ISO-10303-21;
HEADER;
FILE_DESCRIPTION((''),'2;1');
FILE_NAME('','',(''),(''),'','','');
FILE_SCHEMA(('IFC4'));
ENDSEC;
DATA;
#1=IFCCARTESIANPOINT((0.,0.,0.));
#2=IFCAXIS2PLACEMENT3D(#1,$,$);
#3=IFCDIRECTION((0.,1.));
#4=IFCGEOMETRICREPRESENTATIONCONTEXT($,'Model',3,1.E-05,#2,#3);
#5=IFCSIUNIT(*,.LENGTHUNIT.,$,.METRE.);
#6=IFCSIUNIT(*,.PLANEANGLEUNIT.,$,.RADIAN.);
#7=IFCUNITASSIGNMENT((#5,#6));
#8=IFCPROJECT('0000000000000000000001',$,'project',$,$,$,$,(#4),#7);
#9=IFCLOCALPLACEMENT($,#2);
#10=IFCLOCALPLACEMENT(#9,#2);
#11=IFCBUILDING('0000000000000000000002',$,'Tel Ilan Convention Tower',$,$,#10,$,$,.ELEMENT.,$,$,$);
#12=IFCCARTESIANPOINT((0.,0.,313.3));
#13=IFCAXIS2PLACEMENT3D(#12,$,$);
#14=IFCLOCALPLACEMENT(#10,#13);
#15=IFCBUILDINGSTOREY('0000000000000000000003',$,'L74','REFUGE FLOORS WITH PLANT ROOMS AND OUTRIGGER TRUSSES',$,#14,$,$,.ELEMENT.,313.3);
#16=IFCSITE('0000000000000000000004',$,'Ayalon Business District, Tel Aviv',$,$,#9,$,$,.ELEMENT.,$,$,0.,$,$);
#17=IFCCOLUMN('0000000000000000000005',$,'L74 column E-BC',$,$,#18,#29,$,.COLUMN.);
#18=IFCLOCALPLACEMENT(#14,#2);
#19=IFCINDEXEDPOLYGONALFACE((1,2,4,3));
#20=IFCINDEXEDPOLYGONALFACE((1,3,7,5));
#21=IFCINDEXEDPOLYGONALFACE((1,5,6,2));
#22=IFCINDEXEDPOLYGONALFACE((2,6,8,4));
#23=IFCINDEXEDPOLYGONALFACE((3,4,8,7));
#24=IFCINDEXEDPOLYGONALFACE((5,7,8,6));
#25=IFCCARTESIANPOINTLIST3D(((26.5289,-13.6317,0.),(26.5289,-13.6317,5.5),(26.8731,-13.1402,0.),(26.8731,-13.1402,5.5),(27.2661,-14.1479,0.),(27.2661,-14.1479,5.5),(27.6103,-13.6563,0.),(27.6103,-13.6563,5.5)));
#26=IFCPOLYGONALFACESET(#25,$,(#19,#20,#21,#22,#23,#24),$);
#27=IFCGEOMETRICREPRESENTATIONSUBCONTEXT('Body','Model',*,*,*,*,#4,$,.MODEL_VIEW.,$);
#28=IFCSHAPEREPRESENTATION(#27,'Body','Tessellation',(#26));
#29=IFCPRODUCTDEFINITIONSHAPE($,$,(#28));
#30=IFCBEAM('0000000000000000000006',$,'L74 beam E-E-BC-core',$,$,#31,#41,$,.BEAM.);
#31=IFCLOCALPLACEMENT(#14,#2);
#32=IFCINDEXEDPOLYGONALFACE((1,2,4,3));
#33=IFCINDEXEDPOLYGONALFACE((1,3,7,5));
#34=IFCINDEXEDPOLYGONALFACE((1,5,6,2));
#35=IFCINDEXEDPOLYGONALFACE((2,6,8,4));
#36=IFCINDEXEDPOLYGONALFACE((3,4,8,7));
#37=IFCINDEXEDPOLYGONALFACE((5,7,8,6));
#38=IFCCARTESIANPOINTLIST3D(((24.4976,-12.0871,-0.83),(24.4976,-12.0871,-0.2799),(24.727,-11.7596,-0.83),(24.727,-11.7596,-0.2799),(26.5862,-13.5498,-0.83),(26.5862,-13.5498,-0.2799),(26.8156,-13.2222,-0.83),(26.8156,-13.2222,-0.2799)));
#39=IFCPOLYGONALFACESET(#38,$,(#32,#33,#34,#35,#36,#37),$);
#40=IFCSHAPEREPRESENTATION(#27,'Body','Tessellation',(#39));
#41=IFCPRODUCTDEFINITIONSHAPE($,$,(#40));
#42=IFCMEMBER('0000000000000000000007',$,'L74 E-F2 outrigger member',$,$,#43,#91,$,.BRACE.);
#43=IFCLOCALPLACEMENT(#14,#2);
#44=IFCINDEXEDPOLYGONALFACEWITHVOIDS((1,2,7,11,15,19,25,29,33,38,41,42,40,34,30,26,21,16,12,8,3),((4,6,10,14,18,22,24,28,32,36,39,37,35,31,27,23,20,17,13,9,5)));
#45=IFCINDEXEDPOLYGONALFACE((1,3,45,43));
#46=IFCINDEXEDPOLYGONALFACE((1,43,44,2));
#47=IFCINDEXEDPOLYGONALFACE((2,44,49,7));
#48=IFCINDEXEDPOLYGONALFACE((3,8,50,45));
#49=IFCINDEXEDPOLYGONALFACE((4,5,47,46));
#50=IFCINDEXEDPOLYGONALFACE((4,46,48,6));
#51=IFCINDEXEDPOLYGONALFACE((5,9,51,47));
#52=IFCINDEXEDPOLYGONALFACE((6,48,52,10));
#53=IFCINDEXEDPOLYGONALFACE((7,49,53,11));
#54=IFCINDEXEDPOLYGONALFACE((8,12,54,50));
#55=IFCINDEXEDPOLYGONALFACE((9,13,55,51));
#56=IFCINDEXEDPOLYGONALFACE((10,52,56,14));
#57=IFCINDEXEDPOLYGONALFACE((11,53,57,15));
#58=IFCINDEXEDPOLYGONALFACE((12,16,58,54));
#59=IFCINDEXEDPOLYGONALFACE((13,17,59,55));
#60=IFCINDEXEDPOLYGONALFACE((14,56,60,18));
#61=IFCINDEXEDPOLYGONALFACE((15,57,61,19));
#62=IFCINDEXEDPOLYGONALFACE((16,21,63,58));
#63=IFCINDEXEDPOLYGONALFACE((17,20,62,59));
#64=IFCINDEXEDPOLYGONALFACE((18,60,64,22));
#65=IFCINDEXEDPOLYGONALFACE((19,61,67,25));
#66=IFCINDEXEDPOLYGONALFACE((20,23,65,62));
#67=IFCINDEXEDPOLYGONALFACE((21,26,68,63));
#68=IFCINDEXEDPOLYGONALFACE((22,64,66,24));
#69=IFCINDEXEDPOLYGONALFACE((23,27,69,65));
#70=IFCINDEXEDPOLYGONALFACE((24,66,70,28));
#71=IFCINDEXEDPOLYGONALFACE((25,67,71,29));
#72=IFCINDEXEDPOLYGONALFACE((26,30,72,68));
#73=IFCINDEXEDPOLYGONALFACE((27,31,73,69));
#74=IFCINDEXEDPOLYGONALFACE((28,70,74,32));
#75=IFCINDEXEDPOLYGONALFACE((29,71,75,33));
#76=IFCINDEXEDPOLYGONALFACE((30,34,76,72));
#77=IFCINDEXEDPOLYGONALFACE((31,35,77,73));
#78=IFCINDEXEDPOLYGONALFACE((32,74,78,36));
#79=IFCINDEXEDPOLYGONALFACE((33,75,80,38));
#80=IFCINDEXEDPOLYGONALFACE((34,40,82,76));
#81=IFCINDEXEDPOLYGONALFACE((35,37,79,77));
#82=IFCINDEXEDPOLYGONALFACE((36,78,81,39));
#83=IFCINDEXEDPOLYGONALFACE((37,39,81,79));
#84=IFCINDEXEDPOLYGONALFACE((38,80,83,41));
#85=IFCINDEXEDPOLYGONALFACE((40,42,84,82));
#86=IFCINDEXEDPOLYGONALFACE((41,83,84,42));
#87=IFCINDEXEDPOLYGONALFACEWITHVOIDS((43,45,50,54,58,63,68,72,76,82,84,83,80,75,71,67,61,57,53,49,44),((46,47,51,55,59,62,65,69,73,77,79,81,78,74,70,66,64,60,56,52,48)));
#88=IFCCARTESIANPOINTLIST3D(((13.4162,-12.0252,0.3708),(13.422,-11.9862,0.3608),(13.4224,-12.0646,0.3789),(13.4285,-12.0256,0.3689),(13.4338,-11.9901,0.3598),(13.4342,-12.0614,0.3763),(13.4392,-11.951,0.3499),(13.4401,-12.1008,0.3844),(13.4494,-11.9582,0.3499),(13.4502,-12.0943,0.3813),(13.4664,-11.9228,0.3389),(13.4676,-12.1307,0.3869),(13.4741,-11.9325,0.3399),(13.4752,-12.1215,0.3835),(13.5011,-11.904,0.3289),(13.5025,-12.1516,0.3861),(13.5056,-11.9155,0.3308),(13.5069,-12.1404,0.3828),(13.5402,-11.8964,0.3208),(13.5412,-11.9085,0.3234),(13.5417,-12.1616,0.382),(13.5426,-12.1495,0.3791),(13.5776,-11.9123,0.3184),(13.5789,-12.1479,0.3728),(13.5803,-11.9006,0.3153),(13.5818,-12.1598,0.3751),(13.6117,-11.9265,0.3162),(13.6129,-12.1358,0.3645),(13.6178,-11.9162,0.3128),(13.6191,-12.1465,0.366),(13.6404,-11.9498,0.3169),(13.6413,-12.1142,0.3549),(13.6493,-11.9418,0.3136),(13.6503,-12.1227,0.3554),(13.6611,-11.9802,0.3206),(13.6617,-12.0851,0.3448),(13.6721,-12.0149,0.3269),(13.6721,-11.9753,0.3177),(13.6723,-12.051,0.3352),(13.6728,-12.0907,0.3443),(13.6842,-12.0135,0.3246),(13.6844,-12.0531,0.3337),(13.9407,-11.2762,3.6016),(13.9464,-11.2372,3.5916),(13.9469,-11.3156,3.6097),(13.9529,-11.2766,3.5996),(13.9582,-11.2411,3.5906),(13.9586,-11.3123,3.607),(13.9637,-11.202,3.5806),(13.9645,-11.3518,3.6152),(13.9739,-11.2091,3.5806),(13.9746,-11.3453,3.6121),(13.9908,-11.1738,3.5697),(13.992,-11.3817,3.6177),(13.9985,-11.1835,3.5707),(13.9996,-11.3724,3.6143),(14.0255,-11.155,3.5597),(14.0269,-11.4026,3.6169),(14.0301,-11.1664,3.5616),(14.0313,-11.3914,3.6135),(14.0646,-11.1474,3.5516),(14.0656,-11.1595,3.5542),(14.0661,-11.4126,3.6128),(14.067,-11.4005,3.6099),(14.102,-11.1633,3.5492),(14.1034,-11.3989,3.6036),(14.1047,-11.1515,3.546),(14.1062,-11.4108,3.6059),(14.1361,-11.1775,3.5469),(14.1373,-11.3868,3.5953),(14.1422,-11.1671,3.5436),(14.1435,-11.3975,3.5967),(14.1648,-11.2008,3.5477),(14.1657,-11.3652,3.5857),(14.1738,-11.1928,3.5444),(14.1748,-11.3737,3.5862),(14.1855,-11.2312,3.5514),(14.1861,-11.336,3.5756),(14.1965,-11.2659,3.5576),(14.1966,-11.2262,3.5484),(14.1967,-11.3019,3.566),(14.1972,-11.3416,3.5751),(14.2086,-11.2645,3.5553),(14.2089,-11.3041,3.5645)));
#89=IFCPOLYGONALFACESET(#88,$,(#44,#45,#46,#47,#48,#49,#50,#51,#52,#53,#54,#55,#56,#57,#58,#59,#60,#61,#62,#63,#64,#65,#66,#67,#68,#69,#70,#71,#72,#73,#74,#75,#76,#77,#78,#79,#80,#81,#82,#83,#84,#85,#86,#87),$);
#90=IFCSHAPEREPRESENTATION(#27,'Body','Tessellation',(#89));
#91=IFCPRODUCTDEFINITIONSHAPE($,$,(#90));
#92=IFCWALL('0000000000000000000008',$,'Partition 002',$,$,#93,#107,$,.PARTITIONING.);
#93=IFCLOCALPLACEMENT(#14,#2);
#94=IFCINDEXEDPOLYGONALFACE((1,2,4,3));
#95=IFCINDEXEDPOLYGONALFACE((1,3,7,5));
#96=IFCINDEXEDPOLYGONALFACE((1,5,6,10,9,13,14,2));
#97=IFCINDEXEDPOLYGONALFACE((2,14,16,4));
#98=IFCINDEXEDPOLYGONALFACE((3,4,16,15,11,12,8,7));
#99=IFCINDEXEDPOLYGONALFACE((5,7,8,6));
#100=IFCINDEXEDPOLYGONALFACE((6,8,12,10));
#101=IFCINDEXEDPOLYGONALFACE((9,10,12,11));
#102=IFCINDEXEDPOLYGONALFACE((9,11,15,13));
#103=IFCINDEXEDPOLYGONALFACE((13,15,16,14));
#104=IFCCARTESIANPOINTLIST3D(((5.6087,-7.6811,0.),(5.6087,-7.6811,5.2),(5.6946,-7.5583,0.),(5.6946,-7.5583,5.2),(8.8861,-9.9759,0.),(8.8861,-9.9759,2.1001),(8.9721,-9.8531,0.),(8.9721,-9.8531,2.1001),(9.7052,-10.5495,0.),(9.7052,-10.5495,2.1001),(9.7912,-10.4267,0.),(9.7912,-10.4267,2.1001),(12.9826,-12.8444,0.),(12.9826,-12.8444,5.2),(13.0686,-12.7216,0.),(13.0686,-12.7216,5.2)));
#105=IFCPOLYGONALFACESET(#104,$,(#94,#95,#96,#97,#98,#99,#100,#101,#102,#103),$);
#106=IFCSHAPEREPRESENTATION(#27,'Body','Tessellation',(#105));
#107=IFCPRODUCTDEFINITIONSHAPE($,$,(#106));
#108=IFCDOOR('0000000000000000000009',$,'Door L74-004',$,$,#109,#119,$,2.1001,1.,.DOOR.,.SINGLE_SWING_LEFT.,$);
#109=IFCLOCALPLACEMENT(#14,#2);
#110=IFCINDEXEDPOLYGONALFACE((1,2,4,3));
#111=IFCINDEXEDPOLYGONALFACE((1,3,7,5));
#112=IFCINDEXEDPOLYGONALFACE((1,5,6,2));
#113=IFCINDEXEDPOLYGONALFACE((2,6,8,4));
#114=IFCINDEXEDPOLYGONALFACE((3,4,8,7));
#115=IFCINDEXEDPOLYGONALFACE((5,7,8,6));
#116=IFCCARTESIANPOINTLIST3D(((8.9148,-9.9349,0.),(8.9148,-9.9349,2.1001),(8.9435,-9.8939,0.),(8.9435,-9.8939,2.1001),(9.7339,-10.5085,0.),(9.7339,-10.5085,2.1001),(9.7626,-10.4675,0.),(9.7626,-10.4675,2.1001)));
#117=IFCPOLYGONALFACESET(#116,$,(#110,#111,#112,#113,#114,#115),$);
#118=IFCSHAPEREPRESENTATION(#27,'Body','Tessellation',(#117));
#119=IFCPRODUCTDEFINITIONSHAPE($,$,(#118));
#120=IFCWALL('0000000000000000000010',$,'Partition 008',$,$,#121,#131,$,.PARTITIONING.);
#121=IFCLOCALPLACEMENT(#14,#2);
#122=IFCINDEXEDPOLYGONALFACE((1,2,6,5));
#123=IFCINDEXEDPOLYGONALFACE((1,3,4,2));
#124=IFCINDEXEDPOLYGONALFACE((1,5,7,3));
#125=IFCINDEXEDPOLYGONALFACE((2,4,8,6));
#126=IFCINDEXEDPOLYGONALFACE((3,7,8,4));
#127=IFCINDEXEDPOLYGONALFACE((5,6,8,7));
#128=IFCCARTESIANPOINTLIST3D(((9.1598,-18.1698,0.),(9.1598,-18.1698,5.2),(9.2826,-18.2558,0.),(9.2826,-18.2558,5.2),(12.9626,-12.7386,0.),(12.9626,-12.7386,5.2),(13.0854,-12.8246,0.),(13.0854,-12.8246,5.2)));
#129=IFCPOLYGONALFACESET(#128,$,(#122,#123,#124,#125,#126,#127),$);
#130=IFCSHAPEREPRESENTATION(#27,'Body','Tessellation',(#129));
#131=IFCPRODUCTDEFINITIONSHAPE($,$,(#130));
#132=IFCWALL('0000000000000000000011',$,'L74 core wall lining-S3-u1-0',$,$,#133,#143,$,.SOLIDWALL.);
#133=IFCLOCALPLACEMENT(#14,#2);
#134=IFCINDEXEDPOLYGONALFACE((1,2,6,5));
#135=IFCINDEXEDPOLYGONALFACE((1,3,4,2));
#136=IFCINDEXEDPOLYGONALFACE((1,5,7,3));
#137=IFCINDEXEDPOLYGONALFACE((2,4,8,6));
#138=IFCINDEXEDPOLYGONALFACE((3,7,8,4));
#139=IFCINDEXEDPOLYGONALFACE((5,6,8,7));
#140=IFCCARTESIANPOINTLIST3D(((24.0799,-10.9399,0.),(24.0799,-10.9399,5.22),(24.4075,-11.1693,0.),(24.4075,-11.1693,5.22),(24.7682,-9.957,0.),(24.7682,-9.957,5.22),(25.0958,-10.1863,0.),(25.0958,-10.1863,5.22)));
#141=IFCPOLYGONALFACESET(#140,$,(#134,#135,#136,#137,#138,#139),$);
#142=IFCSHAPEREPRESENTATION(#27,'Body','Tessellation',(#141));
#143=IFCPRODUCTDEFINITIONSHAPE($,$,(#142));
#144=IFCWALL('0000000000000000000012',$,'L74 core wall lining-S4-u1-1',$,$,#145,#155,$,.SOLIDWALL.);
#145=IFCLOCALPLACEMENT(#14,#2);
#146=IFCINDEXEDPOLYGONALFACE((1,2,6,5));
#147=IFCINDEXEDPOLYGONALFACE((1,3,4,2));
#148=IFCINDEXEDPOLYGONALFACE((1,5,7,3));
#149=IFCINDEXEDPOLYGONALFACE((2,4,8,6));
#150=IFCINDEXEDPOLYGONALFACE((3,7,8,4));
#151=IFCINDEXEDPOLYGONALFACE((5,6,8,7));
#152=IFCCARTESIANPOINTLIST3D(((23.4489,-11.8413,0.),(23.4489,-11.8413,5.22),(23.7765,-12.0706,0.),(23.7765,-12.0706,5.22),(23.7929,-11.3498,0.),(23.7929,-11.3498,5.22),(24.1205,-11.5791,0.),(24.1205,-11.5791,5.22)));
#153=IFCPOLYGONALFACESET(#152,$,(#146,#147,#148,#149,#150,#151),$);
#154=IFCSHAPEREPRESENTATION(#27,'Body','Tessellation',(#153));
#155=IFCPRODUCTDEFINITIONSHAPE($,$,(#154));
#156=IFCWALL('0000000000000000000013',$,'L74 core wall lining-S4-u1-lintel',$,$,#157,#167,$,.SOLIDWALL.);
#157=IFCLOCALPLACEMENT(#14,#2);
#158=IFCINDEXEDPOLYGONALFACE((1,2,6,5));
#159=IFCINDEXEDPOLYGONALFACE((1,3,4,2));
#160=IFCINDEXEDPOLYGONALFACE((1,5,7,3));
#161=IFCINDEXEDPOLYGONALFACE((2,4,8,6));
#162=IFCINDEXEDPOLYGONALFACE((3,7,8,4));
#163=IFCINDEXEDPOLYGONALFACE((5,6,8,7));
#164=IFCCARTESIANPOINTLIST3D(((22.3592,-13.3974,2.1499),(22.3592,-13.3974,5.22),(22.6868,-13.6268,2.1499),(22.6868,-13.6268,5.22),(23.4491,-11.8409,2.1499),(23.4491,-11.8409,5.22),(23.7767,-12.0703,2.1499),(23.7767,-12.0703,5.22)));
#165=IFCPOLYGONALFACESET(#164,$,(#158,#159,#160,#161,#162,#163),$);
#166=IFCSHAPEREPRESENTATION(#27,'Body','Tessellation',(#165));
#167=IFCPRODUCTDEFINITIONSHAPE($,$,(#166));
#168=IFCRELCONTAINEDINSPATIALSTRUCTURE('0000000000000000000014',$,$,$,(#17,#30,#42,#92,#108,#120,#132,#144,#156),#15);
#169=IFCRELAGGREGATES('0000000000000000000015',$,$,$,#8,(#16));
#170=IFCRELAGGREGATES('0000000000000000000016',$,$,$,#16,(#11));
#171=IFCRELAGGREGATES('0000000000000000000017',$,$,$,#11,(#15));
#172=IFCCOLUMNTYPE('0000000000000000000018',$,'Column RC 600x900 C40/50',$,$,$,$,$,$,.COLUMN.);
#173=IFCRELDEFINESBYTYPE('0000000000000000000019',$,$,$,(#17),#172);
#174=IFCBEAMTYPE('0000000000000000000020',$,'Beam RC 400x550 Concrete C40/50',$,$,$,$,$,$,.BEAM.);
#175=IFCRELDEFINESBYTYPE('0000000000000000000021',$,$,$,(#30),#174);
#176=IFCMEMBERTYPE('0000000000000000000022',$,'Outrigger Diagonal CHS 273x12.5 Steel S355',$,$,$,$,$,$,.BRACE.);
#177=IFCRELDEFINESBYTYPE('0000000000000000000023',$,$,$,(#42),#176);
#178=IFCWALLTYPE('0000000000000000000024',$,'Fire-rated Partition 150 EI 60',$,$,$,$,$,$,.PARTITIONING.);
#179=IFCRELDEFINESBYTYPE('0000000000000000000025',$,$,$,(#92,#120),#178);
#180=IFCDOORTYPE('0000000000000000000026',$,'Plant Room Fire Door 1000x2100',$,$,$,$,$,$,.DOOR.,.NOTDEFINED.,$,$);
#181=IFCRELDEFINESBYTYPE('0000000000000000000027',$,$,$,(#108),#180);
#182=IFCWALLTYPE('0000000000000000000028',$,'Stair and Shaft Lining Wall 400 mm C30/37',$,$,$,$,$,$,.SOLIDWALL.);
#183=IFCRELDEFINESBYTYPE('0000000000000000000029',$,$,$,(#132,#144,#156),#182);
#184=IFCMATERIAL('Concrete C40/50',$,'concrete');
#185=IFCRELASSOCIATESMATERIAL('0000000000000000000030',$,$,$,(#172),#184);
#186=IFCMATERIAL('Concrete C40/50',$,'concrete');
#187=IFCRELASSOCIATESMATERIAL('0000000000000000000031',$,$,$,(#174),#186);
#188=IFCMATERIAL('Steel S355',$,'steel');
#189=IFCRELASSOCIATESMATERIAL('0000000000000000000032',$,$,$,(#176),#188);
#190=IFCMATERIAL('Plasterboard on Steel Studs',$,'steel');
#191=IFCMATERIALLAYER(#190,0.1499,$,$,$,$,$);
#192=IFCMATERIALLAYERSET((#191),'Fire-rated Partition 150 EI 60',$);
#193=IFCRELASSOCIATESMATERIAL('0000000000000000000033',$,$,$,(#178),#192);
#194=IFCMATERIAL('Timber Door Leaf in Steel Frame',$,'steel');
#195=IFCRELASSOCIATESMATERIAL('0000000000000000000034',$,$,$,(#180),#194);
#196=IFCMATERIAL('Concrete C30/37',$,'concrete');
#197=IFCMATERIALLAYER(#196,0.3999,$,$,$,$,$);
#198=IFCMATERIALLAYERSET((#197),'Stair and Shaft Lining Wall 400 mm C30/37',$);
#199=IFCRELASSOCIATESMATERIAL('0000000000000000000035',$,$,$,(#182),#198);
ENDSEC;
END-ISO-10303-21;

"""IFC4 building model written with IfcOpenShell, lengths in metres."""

from ifc_helpers import new_model, si_unit, direction, frame, frame_2d, origin, origin_2d, place, context, subcontext, project, spatial, rectangle, hollow_circle, extrude, material, layer, layer_set, material_profile, profile_set, type_object, element, fill, save


model = new_model("IFC4")

# Units and contexts
model_context = context("Model", 3, precision=1e-05, world=origin(), true_north=direction((0.0, 1.0)))
body_context = subcontext(model_context, "Body", "Model", "MODEL_VIEW")
ifc_project = project(units=[si_unit("LENGTHUNIT", "METRE"), si_unit("PLANEANGLEUNIT", "RADIAN")], contexts=[model_context])

# Site, building, storey
site_placement = place(None, origin())
site = spatial("IfcSite", under=ifc_project, at=site_placement, Name="Ayalon Business District, Tel Aviv", CompositionType="ELEMENT", RefElevation=0.0)
building_placement = place(site_placement, origin())
building = spatial("IfcBuilding", under=site, at=building_placement, Name="Tel Ilan Convention Tower", CompositionType="ELEMENT")
storey_placement = place(building_placement, frame((0.0, 0.0, 313.3)))
storey = spatial("IfcBuildingStorey", under=building, at=storey_placement, Name="L74", Description="REFUGE FLOORS WITH PLANT ROOMS AND OUTRIGGER TRUSSES", CompositionType="ELEMENT", Elevation=313.3)

# Column
ifc_material_1 = material(Name="Concrete C40/50", Category="concrete")
ifc_material_profile_1 = material_profile(ifc_material_1, rectangle(XDim=0.8999, YDim=0.6001, at=origin_2d()), Name="RC 600x900")
ifc_profile_set_1 = profile_set([ifc_material_profile_1], Name="Concrete C40/50")
column_type = type_object("IfcColumnType", Name="Column RC 600x900 C40/50", PredefinedType="COLUMN", material=ifc_profile_set_1)
column_placement = place(storey_placement, frame((27.0696, -13.644, 0.0), z_axis=(0.0, 0.0, 1.0), x_axis=(0.819152, -0.573576, 0.0)))
element("IfcColumn", 1, at=column_placement, inside=storey, type_object=column_type, Name="L74 column E-BC", PredefinedType="COLUMN", context=body_context, shape_type="SweptSolid", body=[
    extrude(rectangle(XDim=0.8999, YDim=0.6001, at=origin_2d()), origin(), (0.0, 0.0, 1.0), 5.5),
])

# Beam
ifc_material_2 = material(Name="Concrete C40/50", Category="concrete")
ifc_material_profile_2 = material_profile(ifc_material_2, rectangle(XDim=0.3999, YDim=0.55, at=origin_2d()), Name="RC 400x550")
ifc_profile_set_2 = profile_set([ifc_material_profile_2], Name="Concrete C40/50")
beam_type = type_object("IfcBeamType", Name="Beam RC 400x550 Concrete C40/50", PredefinedType="BEAM", material=ifc_profile_set_2)
beam_placement = place(storey_placement, frame((26.7009, -13.386, -0.5549), z_axis=(-0.819119, 0.573623, 0.0), x_axis=(-0.573623, -0.819119, 0.0)))
element("IfcBeam", 2, at=beam_placement, inside=storey, type_object=beam_type, Name="L74 beam E-E-BC-core", PredefinedType="BEAM", context=body_context, shape_type="SweptSolid", body=[
    extrude(rectangle(XDim=0.3999, YDim=0.55, at=origin_2d()), origin(), (0.0, 0.0, 1.0), 2.5498),
])

# Member
ifc_material_3 = material(Name="Steel S355", Category="steel")
ifc_material_profile_3 = material_profile(ifc_material_3, hollow_circle(Radius=0.1365, WallThickness=0.0125, at=origin_2d()), Name="CHS 273x12.5")
ifc_profile_set_3 = profile_set([ifc_material_profile_3], Name="Steel S355")
member_type = type_object("IfcMemberType", Name="Outrigger Diagonal CHS 273x12.5 Steel S355", PredefinedType="BRACE", material=ifc_profile_set_3)
member_placement = place(storey_placement, frame((13.551, -12.0293, 0.3499), z_axis=(0.156187, 0.223082, 0.962206), x_axis=(-0.819182, 0.573534, 0.0)))
element("IfcMember", 3, at=member_placement, inside=storey, type_object=member_type, Name="L74 E-F2 outrigger member", PredefinedType="BRACE", context=body_context, shape_type="SweptSolid", body=[
    extrude(hollow_circle(Radius=0.1365, WallThickness=0.0125, at=origin_2d()), origin(), (0.0, 0.0, 1.0), 3.3577),
])

# Wall, opening, door
ifc_material_4 = material(Name="Plasterboard on Steel Studs", Category="steel")
ifc_layer_1 = layer(ifc_material_4, 0.1499)
ifc_layer_set_1 = layer_set([ifc_layer_1], Name="Fire-rated Partition 150 EI 60")
wall_type_1 = type_object("IfcWallType", Name="Fire-rated Partition 150 EI 60", PredefinedType="PARTITIONING", material=ifc_layer_set_1)
wall_1_placement = place(storey_placement, frame((13.0256, -12.783, 0.0), z_axis=(0.0, 0.0, 1.0), x_axis=(-0.819153, 0.573575, 0.0)))
wall_1 = element("IfcWall", 4, at=wall_1_placement, inside=storey, type_object=wall_type_1, Name="Partition 002", PredefinedType="PARTITIONING", context=body_context, shape_type="SweptSolid", body=[
    extrude(rectangle(XDim=9.002, YDim=0.1499, at=frame_2d((4.501, 0.0))), origin(), (0.0, 0.0, 1.0), 5.2),
])
opening_placement = place(wall_1_placement, frame((4.001, 0.0, 0.0)))
opening = element("IfcOpeningElement", 5, at=opening_placement, cuts=wall_1, PredefinedType="OPENING", context=body_context, shape_type="SweptSolid", body=[
    extrude(rectangle(XDim=1.0, YDim=2.1001, at=frame_2d((0.5, 1.05))), frame((0.0, 0.085, 0.0), z_axis=(0.0, -1.0, 0.0), x_axis=(1.0, 0.0, 0.0)), (0.0, 0.0, 1.0), 0.1699),
])
ifc_material_5 = material(Name="Timber Door Leaf in Steel Frame", Category="steel")
door_type = type_object("IfcDoorType", Name="Plant Room Fire Door 1000x2100", OperationType="NOTDEFINED", PredefinedType="DOOR", material=ifc_material_5)
door_placement = place(opening_placement, origin())
door = element("IfcDoor", 6, at=door_placement, inside=storey, type_object=door_type, Name="Door L74-004", OperationType="SINGLE_SWING_LEFT", OverallHeight=2.1001, OverallWidth=1.0, PredefinedType="DOOR", context=body_context, shape_type="SweptSolid", body=[
    extrude(rectangle(XDim=1.0, YDim=2.1001, at=frame_2d((0.5, 1.05))), frame((0.0, 0.0249, 0.0), z_axis=(0.0, -1.0, 0.0), x_axis=(1.0, 0.0, 0.0)), (0.0, 0.0, 1.0), 0.05),
])
fill(opening, door)

# Walls
wall_2_placement = place(storey_placement, frame((13.0239, -12.7817, 0.0), z_axis=(0.0, 0.0, 1.0), x_axis=(-0.573556, -0.819166, 0.0)))
element("IfcWall", 7, at=wall_2_placement, inside=storey, type_object=wall_type_1, Name="Partition 008", PredefinedType="PARTITIONING", context=body_context, shape_type="SweptSolid", body=[
    extrude(rectangle(XDim=6.6301, YDim=0.1499, at=frame_2d((3.3149, 0.0))), origin(), (0.0, 0.0, 1.0), 5.2),
])
ifc_material_6 = material(Name="Concrete C30/37", Category="concrete")
ifc_layer_2 = layer(ifc_material_6, 0.3999)
ifc_layer_set_2 = layer_set([ifc_layer_2], Name="Stair and Shaft Lining Wall 400 mm C30/37")
wall_type_2 = type_object("IfcWallType", Name="Stair and Shaft Lining Wall 400 mm C30/37", PredefinedType="SOLIDWALL", material=ifc_layer_set_2)
wall_3_placement = place(storey_placement, frame((24.2437, -11.0547, 0.0), z_axis=(0.0, 0.0, 1.0), x_axis=(0.573572, 0.819155, 0.0)))
element("IfcWall", 8, at=wall_3_placement, inside=storey, type_object=wall_type_2, Name="L74 core wall lining-S3-u1-0", PredefinedType="SOLIDWALL", context=body_context, shape_type="SweptSolid", body=[
    extrude(rectangle(XDim=1.2, YDim=0.3999, at=frame_2d((0.6001, 0.0))), origin(), (0.0, 0.0, 1.0), 5.22),
])
wall_4_placement = place(storey_placement, frame((23.6128, -11.9558, 0.0), z_axis=(0.0, 0.0, 1.0), x_axis=(0.573435, 0.819251, 0.0)))
element("IfcWall", 9, at=wall_4_placement, inside=storey, type_object=wall_type_2, Name="L74 core wall lining-S4-u1-1", PredefinedType="SOLIDWALL", context=body_context, shape_type="SweptSolid", body=[
    extrude(rectangle(XDim=0.5999, YDim=0.3999, at=frame_2d((0.2998, 0.0))), origin(), (0.0, 0.0, 1.0), 5.22),
])
wall_5_placement = place(storey_placement, frame((22.5229, -13.5122, 2.1499), z_axis=(0.0, 0.0, 1.0), x_axis=(0.573592, 0.819141, 0.0)))
element("IfcWall", 10, at=wall_5_placement, inside=storey, type_object=wall_type_2, Name="L74 core wall lining-S4-u1-lintel", PredefinedType="SOLIDWALL", context=body_context, shape_type="SweptSolid", body=[
    extrude(rectangle(XDim=1.9001, YDim=0.3999, at=frame_2d((0.9502, 0.0))), origin(), (0.0, 0.0, 1.0), 3.0701),
])

save(model, "model.ifc")
